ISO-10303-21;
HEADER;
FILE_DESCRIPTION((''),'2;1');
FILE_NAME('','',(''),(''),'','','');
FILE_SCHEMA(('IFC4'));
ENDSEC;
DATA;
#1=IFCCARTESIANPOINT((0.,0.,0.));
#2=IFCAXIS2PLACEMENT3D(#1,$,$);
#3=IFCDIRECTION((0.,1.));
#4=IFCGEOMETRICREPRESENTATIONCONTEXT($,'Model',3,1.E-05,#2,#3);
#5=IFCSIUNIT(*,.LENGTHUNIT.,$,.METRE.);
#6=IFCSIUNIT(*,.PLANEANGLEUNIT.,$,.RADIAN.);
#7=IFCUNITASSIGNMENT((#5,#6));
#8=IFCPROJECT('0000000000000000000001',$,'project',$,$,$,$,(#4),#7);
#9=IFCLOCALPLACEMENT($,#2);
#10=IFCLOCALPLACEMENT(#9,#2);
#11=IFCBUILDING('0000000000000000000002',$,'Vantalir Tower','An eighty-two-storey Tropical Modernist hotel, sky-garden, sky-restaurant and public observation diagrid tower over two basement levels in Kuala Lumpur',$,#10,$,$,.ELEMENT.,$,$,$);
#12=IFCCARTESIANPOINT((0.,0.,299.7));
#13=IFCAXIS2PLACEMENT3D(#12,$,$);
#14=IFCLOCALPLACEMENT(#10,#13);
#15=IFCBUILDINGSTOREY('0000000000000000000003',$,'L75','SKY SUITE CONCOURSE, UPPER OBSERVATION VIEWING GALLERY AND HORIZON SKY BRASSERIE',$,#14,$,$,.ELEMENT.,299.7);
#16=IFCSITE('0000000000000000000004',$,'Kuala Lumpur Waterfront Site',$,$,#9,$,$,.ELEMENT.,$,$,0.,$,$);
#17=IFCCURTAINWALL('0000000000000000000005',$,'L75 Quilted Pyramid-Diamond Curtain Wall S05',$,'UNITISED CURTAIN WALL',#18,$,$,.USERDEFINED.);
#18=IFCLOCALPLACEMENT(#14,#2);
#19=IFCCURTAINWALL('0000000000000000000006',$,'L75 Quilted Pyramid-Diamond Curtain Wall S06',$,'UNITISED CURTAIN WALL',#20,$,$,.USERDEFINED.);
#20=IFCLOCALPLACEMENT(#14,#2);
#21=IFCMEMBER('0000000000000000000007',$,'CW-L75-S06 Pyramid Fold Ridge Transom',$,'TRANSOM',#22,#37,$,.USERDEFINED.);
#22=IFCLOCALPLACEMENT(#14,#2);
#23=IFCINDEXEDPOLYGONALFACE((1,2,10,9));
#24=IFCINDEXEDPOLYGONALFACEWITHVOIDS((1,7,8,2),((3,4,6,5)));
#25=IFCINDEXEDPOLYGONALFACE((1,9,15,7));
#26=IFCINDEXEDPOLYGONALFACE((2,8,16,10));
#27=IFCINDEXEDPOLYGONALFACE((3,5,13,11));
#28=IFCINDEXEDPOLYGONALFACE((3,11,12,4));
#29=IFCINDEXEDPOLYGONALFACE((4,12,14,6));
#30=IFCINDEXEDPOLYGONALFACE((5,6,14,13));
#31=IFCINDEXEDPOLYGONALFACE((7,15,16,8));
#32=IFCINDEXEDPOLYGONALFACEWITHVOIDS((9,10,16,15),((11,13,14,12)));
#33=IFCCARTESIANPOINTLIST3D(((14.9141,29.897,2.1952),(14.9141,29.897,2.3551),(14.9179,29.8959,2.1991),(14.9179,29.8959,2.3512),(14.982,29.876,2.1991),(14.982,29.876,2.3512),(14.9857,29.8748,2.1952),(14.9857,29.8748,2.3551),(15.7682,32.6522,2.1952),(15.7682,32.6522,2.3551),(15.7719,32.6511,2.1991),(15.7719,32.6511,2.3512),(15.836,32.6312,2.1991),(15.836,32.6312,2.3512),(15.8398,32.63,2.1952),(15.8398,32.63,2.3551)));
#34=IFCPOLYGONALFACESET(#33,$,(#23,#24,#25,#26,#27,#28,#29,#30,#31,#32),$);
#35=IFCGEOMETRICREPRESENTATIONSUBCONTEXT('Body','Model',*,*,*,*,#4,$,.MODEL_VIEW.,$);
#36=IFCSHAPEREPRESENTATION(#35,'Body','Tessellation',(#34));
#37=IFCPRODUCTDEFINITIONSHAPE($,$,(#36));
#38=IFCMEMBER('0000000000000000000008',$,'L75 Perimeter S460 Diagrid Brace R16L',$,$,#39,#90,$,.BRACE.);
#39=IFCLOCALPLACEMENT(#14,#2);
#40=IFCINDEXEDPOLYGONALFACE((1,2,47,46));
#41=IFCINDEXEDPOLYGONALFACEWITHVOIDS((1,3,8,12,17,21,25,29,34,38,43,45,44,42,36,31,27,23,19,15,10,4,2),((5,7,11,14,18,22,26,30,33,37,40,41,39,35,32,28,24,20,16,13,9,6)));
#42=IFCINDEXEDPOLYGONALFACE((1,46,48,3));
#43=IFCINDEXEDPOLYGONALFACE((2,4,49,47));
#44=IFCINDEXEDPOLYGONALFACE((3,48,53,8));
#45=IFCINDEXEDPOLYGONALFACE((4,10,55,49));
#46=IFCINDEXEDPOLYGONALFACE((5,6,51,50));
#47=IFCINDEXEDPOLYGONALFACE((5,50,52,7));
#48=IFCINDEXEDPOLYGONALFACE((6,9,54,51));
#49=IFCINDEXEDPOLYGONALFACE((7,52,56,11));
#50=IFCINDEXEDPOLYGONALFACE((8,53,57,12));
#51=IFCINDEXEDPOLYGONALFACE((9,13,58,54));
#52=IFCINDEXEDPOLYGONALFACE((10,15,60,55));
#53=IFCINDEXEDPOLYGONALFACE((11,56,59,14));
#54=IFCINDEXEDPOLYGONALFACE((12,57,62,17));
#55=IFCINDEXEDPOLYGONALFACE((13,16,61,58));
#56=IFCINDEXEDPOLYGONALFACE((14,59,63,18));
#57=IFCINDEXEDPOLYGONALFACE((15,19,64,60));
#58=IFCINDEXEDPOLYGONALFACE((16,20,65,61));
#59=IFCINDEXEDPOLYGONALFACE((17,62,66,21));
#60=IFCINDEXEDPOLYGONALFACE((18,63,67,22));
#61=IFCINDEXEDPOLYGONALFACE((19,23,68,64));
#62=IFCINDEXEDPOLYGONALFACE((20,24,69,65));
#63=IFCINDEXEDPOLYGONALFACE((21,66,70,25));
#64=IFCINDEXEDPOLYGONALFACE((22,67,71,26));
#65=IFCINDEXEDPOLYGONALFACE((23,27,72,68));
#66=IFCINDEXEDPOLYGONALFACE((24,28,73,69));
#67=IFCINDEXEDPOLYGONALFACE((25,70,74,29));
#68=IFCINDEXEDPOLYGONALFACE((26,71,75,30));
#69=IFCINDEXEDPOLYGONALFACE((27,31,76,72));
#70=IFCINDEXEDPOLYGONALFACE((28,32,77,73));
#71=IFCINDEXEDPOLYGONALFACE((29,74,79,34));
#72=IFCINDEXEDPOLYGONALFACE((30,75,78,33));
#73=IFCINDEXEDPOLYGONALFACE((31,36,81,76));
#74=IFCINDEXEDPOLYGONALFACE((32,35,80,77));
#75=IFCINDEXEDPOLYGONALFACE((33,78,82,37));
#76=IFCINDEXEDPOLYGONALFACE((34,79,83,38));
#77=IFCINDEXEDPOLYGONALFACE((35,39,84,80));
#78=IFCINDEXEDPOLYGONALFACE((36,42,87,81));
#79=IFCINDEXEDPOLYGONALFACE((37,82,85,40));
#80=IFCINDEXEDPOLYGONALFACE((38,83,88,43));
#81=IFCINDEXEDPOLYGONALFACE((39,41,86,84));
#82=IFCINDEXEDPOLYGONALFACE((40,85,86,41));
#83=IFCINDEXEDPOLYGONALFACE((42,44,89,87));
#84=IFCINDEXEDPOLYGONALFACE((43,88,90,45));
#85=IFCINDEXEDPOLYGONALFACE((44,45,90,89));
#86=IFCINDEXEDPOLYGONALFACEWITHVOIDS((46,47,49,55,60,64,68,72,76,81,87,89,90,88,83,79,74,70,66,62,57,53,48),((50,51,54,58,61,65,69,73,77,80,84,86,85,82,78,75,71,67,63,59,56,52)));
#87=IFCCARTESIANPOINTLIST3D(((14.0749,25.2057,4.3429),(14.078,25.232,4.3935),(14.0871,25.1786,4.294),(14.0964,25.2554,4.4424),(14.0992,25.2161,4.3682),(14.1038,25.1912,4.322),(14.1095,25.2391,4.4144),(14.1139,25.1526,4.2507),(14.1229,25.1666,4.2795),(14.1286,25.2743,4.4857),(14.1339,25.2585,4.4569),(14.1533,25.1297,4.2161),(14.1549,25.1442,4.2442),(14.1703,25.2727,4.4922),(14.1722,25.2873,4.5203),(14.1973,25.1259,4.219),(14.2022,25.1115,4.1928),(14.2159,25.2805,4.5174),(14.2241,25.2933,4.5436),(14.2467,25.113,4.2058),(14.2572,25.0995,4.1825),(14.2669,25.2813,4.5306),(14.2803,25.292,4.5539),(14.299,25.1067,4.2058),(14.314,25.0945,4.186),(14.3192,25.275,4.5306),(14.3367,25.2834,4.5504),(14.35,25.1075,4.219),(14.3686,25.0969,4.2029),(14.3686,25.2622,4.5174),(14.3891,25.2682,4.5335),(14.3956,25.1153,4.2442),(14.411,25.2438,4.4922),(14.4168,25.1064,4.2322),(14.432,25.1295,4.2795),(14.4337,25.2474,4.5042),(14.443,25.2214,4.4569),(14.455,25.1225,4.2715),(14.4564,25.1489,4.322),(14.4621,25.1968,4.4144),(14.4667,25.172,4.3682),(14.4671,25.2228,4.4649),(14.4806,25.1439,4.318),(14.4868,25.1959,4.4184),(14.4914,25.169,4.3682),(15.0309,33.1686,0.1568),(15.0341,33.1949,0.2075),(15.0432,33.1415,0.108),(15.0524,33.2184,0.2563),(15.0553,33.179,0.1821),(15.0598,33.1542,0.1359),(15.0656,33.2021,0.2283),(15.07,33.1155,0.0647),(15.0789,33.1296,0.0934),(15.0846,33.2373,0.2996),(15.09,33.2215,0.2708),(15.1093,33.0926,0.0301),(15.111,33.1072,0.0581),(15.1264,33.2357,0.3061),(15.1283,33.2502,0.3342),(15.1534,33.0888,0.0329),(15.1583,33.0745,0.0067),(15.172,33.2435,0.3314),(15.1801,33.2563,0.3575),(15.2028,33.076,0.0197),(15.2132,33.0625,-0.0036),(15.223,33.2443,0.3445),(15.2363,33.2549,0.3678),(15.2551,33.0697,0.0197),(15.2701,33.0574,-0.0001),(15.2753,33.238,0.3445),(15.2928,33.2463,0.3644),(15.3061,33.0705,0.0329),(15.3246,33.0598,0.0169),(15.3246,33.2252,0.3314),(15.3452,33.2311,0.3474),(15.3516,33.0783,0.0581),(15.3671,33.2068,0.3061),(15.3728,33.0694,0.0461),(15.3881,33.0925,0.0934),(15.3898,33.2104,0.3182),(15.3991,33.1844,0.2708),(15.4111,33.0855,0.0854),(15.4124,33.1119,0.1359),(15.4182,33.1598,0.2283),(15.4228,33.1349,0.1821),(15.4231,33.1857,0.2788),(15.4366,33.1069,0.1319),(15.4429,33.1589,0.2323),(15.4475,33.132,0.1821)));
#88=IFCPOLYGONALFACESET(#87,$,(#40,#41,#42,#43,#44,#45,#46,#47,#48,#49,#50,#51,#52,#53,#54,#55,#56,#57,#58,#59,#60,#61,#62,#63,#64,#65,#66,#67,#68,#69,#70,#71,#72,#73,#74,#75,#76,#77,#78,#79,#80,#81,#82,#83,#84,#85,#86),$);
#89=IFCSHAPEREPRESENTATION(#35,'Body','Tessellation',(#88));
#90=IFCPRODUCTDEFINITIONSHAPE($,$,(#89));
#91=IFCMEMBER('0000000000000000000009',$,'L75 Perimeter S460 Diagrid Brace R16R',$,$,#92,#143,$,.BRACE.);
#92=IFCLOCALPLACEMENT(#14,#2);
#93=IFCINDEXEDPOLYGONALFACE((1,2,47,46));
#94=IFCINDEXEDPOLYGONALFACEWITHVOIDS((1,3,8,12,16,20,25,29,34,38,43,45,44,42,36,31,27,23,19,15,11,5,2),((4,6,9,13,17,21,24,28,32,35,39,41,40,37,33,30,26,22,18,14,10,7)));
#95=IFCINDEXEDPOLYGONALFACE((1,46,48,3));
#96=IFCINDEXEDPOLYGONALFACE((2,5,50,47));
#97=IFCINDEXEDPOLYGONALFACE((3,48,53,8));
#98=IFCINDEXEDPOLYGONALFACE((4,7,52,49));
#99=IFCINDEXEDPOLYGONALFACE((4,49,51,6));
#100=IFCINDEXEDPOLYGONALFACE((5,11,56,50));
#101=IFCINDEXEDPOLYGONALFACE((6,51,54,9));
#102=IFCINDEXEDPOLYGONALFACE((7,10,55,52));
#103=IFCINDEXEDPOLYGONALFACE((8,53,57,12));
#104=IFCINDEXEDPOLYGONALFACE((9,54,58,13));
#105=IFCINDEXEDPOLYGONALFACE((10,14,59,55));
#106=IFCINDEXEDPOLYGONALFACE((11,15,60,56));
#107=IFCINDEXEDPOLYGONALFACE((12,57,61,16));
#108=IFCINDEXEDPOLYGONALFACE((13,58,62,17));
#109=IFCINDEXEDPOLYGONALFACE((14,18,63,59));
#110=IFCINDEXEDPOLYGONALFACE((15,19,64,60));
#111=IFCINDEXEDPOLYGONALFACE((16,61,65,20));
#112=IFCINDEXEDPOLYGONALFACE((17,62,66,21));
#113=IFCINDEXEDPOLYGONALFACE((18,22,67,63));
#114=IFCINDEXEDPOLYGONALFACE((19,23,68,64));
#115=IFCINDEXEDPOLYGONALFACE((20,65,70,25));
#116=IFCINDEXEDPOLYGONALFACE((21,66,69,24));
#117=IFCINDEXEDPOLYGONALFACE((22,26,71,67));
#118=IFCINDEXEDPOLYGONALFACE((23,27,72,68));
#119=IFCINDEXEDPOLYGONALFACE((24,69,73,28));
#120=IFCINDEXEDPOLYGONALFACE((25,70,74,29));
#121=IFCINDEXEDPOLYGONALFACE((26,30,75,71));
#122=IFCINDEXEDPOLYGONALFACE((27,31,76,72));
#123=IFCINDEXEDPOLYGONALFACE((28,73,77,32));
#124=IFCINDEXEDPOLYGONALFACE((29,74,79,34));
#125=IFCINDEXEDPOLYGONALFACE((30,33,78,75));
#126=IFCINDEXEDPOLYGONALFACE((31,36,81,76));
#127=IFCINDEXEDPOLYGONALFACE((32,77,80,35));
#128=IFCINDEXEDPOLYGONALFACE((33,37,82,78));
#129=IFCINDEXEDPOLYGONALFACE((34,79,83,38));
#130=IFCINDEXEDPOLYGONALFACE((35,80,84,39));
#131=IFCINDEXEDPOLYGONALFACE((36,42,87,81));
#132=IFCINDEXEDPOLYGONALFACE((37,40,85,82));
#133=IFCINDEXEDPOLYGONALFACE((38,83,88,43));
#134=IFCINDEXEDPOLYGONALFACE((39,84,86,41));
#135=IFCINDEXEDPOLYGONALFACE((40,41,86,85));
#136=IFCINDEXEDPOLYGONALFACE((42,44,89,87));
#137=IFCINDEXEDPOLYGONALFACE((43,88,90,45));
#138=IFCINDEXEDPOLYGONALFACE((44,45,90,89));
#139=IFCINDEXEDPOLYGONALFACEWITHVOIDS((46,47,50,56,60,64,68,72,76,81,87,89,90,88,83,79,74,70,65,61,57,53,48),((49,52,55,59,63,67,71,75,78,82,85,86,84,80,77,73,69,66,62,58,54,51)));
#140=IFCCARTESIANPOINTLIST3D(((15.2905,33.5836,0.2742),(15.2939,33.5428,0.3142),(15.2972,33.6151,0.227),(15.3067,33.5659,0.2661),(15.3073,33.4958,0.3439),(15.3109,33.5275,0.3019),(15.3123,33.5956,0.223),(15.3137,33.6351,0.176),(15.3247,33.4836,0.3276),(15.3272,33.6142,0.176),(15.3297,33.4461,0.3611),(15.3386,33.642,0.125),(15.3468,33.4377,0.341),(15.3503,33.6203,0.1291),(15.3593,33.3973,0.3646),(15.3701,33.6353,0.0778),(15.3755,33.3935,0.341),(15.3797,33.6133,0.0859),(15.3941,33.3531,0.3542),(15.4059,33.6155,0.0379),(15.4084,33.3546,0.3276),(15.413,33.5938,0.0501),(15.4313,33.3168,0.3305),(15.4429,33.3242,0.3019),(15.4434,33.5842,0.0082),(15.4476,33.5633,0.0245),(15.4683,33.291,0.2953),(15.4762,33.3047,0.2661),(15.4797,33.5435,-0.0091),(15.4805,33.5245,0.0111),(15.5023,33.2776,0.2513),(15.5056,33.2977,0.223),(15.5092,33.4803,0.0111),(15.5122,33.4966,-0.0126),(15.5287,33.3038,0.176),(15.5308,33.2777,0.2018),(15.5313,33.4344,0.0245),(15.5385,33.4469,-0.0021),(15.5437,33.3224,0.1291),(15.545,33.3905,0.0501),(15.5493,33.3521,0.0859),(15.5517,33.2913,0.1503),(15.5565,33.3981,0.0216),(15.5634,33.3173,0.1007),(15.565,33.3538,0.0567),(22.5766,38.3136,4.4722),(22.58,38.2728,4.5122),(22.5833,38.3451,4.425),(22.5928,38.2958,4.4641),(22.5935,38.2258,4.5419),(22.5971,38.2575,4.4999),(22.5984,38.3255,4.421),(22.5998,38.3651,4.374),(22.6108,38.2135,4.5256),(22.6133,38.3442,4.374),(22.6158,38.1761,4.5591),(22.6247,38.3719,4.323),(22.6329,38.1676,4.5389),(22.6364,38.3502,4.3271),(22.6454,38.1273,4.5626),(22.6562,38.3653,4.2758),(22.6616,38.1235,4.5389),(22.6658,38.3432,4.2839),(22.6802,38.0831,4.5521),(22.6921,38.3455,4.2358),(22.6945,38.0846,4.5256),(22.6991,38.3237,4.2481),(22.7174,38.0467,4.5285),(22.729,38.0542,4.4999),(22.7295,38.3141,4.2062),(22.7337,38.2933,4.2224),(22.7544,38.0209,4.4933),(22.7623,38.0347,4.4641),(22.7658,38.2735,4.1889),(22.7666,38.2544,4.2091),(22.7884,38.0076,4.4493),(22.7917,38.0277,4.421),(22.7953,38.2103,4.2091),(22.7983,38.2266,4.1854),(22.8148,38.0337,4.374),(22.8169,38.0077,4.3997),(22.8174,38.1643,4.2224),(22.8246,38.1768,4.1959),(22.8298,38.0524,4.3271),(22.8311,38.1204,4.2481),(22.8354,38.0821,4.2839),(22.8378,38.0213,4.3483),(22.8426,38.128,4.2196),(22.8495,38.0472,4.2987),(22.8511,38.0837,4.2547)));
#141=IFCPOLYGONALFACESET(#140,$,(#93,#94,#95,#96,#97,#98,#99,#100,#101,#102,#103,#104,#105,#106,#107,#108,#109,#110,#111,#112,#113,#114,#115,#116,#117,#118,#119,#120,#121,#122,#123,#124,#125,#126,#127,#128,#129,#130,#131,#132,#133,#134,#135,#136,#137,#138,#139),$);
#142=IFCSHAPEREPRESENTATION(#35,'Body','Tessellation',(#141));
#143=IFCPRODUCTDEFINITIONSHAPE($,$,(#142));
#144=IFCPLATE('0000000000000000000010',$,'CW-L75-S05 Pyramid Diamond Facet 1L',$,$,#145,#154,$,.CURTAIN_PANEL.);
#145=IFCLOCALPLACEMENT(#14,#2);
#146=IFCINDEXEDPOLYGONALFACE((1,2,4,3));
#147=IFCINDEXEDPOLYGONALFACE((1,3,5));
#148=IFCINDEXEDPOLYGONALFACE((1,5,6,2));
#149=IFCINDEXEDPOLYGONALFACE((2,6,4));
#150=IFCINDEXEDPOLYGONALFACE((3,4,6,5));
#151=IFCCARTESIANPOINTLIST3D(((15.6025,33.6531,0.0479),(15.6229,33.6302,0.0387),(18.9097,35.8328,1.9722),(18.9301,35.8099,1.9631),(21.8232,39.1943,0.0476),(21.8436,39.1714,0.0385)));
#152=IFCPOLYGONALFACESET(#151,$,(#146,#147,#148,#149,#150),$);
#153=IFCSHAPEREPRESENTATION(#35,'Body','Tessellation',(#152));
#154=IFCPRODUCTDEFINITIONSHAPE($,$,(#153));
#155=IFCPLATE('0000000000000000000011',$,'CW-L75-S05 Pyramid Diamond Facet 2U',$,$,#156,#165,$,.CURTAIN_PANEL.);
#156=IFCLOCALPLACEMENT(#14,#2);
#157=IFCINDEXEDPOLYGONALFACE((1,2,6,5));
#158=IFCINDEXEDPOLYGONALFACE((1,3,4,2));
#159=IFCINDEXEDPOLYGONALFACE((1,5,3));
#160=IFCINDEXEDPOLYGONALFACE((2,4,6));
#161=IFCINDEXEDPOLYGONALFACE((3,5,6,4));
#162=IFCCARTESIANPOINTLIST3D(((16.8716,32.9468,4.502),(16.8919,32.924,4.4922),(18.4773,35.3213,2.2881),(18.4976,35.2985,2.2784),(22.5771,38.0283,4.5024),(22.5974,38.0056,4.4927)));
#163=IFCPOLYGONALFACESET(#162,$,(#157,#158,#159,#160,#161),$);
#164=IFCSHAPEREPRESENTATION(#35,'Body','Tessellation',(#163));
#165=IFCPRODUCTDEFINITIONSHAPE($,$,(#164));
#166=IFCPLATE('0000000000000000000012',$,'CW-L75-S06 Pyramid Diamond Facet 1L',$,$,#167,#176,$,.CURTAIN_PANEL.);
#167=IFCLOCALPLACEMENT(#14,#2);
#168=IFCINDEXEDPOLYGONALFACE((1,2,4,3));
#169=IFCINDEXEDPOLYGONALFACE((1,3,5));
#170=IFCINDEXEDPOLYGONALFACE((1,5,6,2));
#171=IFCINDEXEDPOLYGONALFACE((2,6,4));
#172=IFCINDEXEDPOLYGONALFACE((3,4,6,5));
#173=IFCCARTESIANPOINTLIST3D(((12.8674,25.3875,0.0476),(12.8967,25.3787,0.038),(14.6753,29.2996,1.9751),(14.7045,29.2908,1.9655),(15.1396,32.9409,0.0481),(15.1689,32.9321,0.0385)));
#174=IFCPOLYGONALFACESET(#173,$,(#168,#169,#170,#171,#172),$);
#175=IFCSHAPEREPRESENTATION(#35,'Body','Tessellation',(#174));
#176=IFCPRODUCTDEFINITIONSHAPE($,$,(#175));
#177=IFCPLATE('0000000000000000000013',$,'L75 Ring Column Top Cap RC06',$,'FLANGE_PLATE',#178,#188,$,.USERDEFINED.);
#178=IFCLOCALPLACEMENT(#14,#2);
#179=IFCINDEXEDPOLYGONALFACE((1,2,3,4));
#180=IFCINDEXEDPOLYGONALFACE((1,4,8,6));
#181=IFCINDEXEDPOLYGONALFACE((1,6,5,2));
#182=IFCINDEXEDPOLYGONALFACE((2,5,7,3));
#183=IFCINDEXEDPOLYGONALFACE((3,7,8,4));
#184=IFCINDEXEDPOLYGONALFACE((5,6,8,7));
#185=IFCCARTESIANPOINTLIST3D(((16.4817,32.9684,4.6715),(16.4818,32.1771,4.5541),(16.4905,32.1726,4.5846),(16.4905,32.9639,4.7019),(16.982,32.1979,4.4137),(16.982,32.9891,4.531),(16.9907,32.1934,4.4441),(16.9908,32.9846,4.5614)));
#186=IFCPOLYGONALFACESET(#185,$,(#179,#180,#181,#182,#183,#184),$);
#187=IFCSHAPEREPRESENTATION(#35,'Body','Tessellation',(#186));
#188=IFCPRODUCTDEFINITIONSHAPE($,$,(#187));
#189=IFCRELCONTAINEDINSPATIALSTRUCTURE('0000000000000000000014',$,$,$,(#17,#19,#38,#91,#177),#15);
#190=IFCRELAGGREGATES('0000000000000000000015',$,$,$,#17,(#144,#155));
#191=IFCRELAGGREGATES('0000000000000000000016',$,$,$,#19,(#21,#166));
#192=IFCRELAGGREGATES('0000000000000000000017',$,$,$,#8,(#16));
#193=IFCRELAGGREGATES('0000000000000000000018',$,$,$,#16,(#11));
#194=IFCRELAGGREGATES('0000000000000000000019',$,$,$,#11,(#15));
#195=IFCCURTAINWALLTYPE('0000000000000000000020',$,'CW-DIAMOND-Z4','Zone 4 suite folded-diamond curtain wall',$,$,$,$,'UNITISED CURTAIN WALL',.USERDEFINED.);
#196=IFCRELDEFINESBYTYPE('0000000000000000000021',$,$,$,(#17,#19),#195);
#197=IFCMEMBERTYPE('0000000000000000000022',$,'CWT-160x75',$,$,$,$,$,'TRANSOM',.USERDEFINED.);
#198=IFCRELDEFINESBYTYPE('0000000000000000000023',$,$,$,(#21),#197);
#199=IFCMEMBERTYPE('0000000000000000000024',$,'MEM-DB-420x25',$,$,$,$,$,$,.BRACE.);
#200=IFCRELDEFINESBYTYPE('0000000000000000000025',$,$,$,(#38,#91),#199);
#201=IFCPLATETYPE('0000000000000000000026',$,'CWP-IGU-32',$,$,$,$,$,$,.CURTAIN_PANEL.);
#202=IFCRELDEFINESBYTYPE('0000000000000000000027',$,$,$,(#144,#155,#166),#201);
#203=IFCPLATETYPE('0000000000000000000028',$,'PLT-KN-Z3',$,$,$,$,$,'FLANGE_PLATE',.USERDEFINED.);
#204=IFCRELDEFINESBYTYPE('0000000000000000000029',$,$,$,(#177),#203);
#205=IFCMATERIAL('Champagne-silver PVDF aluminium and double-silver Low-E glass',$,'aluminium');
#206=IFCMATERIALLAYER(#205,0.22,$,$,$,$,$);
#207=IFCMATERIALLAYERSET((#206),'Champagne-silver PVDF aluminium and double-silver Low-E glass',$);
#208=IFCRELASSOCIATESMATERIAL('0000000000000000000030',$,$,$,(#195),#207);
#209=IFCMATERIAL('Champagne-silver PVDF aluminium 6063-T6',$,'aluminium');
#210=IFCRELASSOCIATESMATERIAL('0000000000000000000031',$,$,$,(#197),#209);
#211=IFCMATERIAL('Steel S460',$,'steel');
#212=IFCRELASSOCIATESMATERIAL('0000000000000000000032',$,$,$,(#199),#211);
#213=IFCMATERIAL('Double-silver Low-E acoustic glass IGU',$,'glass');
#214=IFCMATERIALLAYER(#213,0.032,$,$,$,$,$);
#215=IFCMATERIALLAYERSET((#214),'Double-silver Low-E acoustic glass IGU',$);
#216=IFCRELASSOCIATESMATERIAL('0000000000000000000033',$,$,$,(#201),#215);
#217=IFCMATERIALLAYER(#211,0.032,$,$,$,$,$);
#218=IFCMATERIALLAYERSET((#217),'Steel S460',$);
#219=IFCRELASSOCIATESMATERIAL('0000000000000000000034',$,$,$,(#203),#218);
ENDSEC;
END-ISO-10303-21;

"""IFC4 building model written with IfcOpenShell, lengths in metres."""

from ifc_helpers import new_model, si_unit, direction, frame, origin, origin_2d, place, context, subcontext, project, spatial, polyline, hollow_rectangle, hollow_circle, outline, extrude, material, layer, layer_set, material_profile, profile_set, type_object, element, aggregate, save


model = new_model("IFC4")

# Units and contexts
model_context = context("Model", 3, precision=1e-05, world=origin(), true_north=direction((0.0, 1.0)))
body_context = subcontext(model_context, "Body", "Model", "MODEL_VIEW")
ifc_project = project(units=[si_unit("LENGTHUNIT", "METRE"), si_unit("PLANEANGLEUNIT", "RADIAN")], contexts=[model_context])

# Site, building, storey
site_placement = place(None, origin())
site = spatial("IfcSite", under=ifc_project, at=site_placement, Name="Kuala Lumpur Waterfront Site", CompositionType="ELEMENT", RefElevation=0.0)
building_placement = place(site_placement, origin())
building = spatial("IfcBuilding", under=site, at=building_placement, Name="Vantalir Tower", Description="An eighty-two-storey Tropical Modernist hotel, sky-garden, sky-restaurant and public observation diagrid tower over two basement levels in Kuala Lumpur", CompositionType="ELEMENT")
storey_placement = place(building_placement, frame((0.0, 0.0, 299.7)))
storey = spatial("IfcBuildingStorey", under=building, at=storey_placement, Name="L75", Description="SKY SUITE CONCOURSE, UPPER OBSERVATION VIEWING GALLERY AND HORIZON SKY BRASSERIE", CompositionType="ELEMENT", Elevation=299.7)

# Shared definitions
ifc_material_1 = material(Name="Steel S460", Category="steel")

# Curtain walls, member
ifc_material_2 = material(Name="Champagne-silver PVDF aluminium and double-silver Low-E glass", Category="aluminium")
ifc_layer_1 = layer(ifc_material_2, 0.22)
ifc_layer_set_1 = layer_set([ifc_layer_1], Name="Champagne-silver PVDF aluminium and double-silver Low-E glass")
curtain_wall_type = type_object("IfcCurtainWallType", Name="CW-DIAMOND-Z4", Description="Zone 4 suite folded-diamond curtain wall", ElementType="UNITISED CURTAIN WALL", PredefinedType="USERDEFINED", material=ifc_layer_set_1)
curtain_wall_1_placement = place(storey_placement, origin())
curtain_wall_1 = element("IfcCurtainWall", 1, at=curtain_wall_1_placement, inside=storey, type_object=curtain_wall_type, Name="L75 Quilted Pyramid-Diamond Curtain Wall S05", ObjectType="UNITISED CURTAIN WALL", PredefinedType="USERDEFINED")
ifc_material_3 = material(Name="Champagne-silver PVDF aluminium 6063-T6", Category="aluminium")
curtain_wall_2_placement = place(storey_placement, origin())
curtain_wall_2 = element("IfcCurtainWall", 2, at=curtain_wall_2_placement, inside=storey, type_object=curtain_wall_type, Name="L75 Quilted Pyramid-Diamond Curtain Wall S06", ObjectType="UNITISED CURTAIN WALL", PredefinedType="USERDEFINED")
ifc_material_profile_1 = material_profile(ifc_material_3, hollow_rectangle(XDim=0.075, YDim=0.1599, WallThickness=0.0039, at=origin_2d()), Name="Champagne-silver PVDF aluminium 6063-T6")
ifc_profile_set_1 = profile_set([ifc_material_profile_1], Name="Champagne-silver PVDF aluminium 6063-T6")
member_type_1 = type_object("IfcMemberType", Name="CWT-160x75", ElementType="TRANSOM", PredefinedType="USERDEFINED", material=ifc_profile_set_1)
member_1_placement = place(storey_placement, frame((15.804, 32.6411, 2.2751), z_axis=(-0.296072, -0.955166, 0.0), x_axis=(0.955166, -0.296072, 0.0)))
member_1 = element("IfcMember", 3, at=member_1_placement, type_object=member_type_1, Name="CW-L75-S06 Pyramid Fold Ridge Transom", ObjectType="TRANSOM", PredefinedType="USERDEFINED", context=body_context, shape_type="SweptSolid", body=[
    extrude(hollow_rectangle(XDim=0.075, YDim=0.1599, WallThickness=0.0039, at=origin_2d()), origin(), (0.0, 0.0, 1.0), 2.8845),
])

# Members
ifc_material_profile_2 = material_profile(ifc_material_1, hollow_circle(Radius=0.21, WallThickness=0.0249, at=origin_2d()), Name="Steel S460")
ifc_profile_set_2 = profile_set([ifc_material_profile_2], Name="Steel S460")
member_type_2 = type_object("IfcMemberType", Name="MEM-DB-420x25", PredefinedType="BRACE", material=ifc_profile_set_2)
member_2_placement = place(storey_placement, frame((15.239, 33.157, 0.1821), z_axis=(-0.105679, -0.880189, 0.462709), x_axis=(0.992869, -0.119208, 0.0)))
element("IfcMember", 4, at=member_2_placement, inside=storey, type_object=member_type_2, Name="L75 Perimeter S460 Diagrid Brace R16L", PredefinedType="BRACE", context=body_context, shape_type="SweptSolid", body=[
    extrude(hollow_circle(Radius=0.21, WallThickness=0.0249, at=origin_2d()), origin(), (0.0, 0.0, 1.0), 9.0469),
])
member_3_placement = place(storey_placement, frame((15.428, 33.459, 0.176), z_axis=(0.755197, 0.490256, 0.435117), x_axis=(-0.544502, 0.838759, 0.0)))
element("IfcMember", 5, at=member_3_placement, inside=storey, type_object=member_type_2, Name="L75 Perimeter S460 Diagrid Brace R16R", PredefinedType="BRACE", context=body_context, shape_type="SweptSolid", body=[
    extrude(hollow_circle(Radius=0.21, WallThickness=0.0249, at=origin_2d()), origin(), (0.0, 0.0, 1.0), 9.6479),
])

# Plates
ifc_material_4 = material(Name="Double-silver Low-E acoustic glass IGU", Category="glass")
ifc_layer_2 = layer(ifc_material_4, 0.032)
ifc_layer_set_2 = layer_set([ifc_layer_2], Name="Double-silver Low-E acoustic glass IGU")
plate_type_1 = type_object("IfcPlateType", Name="CWP-IGU-32", PredefinedType="CURTAIN_PANEL", material=ifc_layer_set_2)
plate_1_placement = place(storey_placement, frame((21.8232, 39.1943, 0.0476), z_axis=(-0.637563, 0.715751, 0.28498), x_axis=(-0.746709, -0.665151, 0.000029)))
plate_1 = element("IfcPlate", 6, at=plate_1_placement, type_object=plate_type_1, Name="CW-L75-S05 Pyramid Diamond Facet 1L", PredefinedType="CURTAIN_PANEL", context=body_context, shape_type="SweptSolid", body=[
    extrude(outline(polyline([(0.0, 0.0), (8.3308, 0.0), (4.4116, 2.0077), (0.0, 0.0)])), origin(), (0.0, 0.0, -1.0), 0.032),
])
plate_2_placement = place(storey_placement, frame((16.8716, 32.9468, 4.502), z_axis=(-0.63373, 0.711524, 0.303511), x_axis=(0.746764, 0.665089, 0.000064)))
plate_2 = element("IfcPlate", 7, at=plate_2_placement, type_object=plate_type_1, Name="CW-L75-S05 Pyramid Diamond Facet 2U", PredefinedType="CURTAIN_PANEL", context=body_context, shape_type="SweptSolid", body=[
    extrude(outline(polyline([(0.0, 0.0), (7.6404, 0.0), (2.7782, 2.3237), (0.0, 0.0)])), origin(), (0.0, 0.0, -1.0), 0.032),
])
aggregate(curtain_wall_1, [plate_1, plate_2])
plate_3_placement = place(storey_placement, frame((15.1396, 32.9409, 0.0481), z_axis=(-0.913752, 0.274853, 0.299187), x_axis=(-0.288066, -0.95761, -0.000062)))
plate_3 = element("IfcPlate", 8, at=plate_3_placement, type_object=plate_type_1, Name="CW-L75-S06 Pyramid Diamond Facet 1L", PredefinedType="CURTAIN_PANEL", context=body_context, shape_type="SweptSolid", body=[
    extrude(outline(polyline([(0.0, 0.0), (7.8878, 0.0), (3.6206, 2.0197), (0.0, 0.0)])), origin(), (0.0, 0.0, -1.0), 0.032),
])
aggregate(curtain_wall_2, [member_1, plate_3])

# Plate
ifc_layer_3 = layer(ifc_material_1, 0.032)
ifc_layer_set_3 = layer_set([ifc_layer_3], Name="Steel S460")
plate_type_2 = type_object("IfcPlateType", Name="PLT-KN-Z3", ElementType="FLANGE_PLATE", PredefinedType="USERDEFINED", material=ifc_layer_set_3)
plate_4_placement = place(storey_placement, frame((16.4905, 32.9639, 4.7019), z_axis=(0.273121, -0.141078, 0.951579), x_axis=(0.00004, -0.989186, -0.146665)))
element("IfcPlate", 9, at=plate_4_placement, inside=storey, type_object=plate_type_2, Name="L75 Ring Column Top Cap RC06", ObjectType="FLANGE_PLATE", PredefinedType="USERDEFINED", context=body_context, shape_type="SweptSolid", body=[
    extrude(outline(polyline([(0.0, 0.0), (0.7999, 0.0), (0.8, 0.52), (0.0001, 0.52), (0.0, 0.0)])), origin(), (0.0, 0.0, -1.0), 0.032),
])

save(model, "model.ifc")
